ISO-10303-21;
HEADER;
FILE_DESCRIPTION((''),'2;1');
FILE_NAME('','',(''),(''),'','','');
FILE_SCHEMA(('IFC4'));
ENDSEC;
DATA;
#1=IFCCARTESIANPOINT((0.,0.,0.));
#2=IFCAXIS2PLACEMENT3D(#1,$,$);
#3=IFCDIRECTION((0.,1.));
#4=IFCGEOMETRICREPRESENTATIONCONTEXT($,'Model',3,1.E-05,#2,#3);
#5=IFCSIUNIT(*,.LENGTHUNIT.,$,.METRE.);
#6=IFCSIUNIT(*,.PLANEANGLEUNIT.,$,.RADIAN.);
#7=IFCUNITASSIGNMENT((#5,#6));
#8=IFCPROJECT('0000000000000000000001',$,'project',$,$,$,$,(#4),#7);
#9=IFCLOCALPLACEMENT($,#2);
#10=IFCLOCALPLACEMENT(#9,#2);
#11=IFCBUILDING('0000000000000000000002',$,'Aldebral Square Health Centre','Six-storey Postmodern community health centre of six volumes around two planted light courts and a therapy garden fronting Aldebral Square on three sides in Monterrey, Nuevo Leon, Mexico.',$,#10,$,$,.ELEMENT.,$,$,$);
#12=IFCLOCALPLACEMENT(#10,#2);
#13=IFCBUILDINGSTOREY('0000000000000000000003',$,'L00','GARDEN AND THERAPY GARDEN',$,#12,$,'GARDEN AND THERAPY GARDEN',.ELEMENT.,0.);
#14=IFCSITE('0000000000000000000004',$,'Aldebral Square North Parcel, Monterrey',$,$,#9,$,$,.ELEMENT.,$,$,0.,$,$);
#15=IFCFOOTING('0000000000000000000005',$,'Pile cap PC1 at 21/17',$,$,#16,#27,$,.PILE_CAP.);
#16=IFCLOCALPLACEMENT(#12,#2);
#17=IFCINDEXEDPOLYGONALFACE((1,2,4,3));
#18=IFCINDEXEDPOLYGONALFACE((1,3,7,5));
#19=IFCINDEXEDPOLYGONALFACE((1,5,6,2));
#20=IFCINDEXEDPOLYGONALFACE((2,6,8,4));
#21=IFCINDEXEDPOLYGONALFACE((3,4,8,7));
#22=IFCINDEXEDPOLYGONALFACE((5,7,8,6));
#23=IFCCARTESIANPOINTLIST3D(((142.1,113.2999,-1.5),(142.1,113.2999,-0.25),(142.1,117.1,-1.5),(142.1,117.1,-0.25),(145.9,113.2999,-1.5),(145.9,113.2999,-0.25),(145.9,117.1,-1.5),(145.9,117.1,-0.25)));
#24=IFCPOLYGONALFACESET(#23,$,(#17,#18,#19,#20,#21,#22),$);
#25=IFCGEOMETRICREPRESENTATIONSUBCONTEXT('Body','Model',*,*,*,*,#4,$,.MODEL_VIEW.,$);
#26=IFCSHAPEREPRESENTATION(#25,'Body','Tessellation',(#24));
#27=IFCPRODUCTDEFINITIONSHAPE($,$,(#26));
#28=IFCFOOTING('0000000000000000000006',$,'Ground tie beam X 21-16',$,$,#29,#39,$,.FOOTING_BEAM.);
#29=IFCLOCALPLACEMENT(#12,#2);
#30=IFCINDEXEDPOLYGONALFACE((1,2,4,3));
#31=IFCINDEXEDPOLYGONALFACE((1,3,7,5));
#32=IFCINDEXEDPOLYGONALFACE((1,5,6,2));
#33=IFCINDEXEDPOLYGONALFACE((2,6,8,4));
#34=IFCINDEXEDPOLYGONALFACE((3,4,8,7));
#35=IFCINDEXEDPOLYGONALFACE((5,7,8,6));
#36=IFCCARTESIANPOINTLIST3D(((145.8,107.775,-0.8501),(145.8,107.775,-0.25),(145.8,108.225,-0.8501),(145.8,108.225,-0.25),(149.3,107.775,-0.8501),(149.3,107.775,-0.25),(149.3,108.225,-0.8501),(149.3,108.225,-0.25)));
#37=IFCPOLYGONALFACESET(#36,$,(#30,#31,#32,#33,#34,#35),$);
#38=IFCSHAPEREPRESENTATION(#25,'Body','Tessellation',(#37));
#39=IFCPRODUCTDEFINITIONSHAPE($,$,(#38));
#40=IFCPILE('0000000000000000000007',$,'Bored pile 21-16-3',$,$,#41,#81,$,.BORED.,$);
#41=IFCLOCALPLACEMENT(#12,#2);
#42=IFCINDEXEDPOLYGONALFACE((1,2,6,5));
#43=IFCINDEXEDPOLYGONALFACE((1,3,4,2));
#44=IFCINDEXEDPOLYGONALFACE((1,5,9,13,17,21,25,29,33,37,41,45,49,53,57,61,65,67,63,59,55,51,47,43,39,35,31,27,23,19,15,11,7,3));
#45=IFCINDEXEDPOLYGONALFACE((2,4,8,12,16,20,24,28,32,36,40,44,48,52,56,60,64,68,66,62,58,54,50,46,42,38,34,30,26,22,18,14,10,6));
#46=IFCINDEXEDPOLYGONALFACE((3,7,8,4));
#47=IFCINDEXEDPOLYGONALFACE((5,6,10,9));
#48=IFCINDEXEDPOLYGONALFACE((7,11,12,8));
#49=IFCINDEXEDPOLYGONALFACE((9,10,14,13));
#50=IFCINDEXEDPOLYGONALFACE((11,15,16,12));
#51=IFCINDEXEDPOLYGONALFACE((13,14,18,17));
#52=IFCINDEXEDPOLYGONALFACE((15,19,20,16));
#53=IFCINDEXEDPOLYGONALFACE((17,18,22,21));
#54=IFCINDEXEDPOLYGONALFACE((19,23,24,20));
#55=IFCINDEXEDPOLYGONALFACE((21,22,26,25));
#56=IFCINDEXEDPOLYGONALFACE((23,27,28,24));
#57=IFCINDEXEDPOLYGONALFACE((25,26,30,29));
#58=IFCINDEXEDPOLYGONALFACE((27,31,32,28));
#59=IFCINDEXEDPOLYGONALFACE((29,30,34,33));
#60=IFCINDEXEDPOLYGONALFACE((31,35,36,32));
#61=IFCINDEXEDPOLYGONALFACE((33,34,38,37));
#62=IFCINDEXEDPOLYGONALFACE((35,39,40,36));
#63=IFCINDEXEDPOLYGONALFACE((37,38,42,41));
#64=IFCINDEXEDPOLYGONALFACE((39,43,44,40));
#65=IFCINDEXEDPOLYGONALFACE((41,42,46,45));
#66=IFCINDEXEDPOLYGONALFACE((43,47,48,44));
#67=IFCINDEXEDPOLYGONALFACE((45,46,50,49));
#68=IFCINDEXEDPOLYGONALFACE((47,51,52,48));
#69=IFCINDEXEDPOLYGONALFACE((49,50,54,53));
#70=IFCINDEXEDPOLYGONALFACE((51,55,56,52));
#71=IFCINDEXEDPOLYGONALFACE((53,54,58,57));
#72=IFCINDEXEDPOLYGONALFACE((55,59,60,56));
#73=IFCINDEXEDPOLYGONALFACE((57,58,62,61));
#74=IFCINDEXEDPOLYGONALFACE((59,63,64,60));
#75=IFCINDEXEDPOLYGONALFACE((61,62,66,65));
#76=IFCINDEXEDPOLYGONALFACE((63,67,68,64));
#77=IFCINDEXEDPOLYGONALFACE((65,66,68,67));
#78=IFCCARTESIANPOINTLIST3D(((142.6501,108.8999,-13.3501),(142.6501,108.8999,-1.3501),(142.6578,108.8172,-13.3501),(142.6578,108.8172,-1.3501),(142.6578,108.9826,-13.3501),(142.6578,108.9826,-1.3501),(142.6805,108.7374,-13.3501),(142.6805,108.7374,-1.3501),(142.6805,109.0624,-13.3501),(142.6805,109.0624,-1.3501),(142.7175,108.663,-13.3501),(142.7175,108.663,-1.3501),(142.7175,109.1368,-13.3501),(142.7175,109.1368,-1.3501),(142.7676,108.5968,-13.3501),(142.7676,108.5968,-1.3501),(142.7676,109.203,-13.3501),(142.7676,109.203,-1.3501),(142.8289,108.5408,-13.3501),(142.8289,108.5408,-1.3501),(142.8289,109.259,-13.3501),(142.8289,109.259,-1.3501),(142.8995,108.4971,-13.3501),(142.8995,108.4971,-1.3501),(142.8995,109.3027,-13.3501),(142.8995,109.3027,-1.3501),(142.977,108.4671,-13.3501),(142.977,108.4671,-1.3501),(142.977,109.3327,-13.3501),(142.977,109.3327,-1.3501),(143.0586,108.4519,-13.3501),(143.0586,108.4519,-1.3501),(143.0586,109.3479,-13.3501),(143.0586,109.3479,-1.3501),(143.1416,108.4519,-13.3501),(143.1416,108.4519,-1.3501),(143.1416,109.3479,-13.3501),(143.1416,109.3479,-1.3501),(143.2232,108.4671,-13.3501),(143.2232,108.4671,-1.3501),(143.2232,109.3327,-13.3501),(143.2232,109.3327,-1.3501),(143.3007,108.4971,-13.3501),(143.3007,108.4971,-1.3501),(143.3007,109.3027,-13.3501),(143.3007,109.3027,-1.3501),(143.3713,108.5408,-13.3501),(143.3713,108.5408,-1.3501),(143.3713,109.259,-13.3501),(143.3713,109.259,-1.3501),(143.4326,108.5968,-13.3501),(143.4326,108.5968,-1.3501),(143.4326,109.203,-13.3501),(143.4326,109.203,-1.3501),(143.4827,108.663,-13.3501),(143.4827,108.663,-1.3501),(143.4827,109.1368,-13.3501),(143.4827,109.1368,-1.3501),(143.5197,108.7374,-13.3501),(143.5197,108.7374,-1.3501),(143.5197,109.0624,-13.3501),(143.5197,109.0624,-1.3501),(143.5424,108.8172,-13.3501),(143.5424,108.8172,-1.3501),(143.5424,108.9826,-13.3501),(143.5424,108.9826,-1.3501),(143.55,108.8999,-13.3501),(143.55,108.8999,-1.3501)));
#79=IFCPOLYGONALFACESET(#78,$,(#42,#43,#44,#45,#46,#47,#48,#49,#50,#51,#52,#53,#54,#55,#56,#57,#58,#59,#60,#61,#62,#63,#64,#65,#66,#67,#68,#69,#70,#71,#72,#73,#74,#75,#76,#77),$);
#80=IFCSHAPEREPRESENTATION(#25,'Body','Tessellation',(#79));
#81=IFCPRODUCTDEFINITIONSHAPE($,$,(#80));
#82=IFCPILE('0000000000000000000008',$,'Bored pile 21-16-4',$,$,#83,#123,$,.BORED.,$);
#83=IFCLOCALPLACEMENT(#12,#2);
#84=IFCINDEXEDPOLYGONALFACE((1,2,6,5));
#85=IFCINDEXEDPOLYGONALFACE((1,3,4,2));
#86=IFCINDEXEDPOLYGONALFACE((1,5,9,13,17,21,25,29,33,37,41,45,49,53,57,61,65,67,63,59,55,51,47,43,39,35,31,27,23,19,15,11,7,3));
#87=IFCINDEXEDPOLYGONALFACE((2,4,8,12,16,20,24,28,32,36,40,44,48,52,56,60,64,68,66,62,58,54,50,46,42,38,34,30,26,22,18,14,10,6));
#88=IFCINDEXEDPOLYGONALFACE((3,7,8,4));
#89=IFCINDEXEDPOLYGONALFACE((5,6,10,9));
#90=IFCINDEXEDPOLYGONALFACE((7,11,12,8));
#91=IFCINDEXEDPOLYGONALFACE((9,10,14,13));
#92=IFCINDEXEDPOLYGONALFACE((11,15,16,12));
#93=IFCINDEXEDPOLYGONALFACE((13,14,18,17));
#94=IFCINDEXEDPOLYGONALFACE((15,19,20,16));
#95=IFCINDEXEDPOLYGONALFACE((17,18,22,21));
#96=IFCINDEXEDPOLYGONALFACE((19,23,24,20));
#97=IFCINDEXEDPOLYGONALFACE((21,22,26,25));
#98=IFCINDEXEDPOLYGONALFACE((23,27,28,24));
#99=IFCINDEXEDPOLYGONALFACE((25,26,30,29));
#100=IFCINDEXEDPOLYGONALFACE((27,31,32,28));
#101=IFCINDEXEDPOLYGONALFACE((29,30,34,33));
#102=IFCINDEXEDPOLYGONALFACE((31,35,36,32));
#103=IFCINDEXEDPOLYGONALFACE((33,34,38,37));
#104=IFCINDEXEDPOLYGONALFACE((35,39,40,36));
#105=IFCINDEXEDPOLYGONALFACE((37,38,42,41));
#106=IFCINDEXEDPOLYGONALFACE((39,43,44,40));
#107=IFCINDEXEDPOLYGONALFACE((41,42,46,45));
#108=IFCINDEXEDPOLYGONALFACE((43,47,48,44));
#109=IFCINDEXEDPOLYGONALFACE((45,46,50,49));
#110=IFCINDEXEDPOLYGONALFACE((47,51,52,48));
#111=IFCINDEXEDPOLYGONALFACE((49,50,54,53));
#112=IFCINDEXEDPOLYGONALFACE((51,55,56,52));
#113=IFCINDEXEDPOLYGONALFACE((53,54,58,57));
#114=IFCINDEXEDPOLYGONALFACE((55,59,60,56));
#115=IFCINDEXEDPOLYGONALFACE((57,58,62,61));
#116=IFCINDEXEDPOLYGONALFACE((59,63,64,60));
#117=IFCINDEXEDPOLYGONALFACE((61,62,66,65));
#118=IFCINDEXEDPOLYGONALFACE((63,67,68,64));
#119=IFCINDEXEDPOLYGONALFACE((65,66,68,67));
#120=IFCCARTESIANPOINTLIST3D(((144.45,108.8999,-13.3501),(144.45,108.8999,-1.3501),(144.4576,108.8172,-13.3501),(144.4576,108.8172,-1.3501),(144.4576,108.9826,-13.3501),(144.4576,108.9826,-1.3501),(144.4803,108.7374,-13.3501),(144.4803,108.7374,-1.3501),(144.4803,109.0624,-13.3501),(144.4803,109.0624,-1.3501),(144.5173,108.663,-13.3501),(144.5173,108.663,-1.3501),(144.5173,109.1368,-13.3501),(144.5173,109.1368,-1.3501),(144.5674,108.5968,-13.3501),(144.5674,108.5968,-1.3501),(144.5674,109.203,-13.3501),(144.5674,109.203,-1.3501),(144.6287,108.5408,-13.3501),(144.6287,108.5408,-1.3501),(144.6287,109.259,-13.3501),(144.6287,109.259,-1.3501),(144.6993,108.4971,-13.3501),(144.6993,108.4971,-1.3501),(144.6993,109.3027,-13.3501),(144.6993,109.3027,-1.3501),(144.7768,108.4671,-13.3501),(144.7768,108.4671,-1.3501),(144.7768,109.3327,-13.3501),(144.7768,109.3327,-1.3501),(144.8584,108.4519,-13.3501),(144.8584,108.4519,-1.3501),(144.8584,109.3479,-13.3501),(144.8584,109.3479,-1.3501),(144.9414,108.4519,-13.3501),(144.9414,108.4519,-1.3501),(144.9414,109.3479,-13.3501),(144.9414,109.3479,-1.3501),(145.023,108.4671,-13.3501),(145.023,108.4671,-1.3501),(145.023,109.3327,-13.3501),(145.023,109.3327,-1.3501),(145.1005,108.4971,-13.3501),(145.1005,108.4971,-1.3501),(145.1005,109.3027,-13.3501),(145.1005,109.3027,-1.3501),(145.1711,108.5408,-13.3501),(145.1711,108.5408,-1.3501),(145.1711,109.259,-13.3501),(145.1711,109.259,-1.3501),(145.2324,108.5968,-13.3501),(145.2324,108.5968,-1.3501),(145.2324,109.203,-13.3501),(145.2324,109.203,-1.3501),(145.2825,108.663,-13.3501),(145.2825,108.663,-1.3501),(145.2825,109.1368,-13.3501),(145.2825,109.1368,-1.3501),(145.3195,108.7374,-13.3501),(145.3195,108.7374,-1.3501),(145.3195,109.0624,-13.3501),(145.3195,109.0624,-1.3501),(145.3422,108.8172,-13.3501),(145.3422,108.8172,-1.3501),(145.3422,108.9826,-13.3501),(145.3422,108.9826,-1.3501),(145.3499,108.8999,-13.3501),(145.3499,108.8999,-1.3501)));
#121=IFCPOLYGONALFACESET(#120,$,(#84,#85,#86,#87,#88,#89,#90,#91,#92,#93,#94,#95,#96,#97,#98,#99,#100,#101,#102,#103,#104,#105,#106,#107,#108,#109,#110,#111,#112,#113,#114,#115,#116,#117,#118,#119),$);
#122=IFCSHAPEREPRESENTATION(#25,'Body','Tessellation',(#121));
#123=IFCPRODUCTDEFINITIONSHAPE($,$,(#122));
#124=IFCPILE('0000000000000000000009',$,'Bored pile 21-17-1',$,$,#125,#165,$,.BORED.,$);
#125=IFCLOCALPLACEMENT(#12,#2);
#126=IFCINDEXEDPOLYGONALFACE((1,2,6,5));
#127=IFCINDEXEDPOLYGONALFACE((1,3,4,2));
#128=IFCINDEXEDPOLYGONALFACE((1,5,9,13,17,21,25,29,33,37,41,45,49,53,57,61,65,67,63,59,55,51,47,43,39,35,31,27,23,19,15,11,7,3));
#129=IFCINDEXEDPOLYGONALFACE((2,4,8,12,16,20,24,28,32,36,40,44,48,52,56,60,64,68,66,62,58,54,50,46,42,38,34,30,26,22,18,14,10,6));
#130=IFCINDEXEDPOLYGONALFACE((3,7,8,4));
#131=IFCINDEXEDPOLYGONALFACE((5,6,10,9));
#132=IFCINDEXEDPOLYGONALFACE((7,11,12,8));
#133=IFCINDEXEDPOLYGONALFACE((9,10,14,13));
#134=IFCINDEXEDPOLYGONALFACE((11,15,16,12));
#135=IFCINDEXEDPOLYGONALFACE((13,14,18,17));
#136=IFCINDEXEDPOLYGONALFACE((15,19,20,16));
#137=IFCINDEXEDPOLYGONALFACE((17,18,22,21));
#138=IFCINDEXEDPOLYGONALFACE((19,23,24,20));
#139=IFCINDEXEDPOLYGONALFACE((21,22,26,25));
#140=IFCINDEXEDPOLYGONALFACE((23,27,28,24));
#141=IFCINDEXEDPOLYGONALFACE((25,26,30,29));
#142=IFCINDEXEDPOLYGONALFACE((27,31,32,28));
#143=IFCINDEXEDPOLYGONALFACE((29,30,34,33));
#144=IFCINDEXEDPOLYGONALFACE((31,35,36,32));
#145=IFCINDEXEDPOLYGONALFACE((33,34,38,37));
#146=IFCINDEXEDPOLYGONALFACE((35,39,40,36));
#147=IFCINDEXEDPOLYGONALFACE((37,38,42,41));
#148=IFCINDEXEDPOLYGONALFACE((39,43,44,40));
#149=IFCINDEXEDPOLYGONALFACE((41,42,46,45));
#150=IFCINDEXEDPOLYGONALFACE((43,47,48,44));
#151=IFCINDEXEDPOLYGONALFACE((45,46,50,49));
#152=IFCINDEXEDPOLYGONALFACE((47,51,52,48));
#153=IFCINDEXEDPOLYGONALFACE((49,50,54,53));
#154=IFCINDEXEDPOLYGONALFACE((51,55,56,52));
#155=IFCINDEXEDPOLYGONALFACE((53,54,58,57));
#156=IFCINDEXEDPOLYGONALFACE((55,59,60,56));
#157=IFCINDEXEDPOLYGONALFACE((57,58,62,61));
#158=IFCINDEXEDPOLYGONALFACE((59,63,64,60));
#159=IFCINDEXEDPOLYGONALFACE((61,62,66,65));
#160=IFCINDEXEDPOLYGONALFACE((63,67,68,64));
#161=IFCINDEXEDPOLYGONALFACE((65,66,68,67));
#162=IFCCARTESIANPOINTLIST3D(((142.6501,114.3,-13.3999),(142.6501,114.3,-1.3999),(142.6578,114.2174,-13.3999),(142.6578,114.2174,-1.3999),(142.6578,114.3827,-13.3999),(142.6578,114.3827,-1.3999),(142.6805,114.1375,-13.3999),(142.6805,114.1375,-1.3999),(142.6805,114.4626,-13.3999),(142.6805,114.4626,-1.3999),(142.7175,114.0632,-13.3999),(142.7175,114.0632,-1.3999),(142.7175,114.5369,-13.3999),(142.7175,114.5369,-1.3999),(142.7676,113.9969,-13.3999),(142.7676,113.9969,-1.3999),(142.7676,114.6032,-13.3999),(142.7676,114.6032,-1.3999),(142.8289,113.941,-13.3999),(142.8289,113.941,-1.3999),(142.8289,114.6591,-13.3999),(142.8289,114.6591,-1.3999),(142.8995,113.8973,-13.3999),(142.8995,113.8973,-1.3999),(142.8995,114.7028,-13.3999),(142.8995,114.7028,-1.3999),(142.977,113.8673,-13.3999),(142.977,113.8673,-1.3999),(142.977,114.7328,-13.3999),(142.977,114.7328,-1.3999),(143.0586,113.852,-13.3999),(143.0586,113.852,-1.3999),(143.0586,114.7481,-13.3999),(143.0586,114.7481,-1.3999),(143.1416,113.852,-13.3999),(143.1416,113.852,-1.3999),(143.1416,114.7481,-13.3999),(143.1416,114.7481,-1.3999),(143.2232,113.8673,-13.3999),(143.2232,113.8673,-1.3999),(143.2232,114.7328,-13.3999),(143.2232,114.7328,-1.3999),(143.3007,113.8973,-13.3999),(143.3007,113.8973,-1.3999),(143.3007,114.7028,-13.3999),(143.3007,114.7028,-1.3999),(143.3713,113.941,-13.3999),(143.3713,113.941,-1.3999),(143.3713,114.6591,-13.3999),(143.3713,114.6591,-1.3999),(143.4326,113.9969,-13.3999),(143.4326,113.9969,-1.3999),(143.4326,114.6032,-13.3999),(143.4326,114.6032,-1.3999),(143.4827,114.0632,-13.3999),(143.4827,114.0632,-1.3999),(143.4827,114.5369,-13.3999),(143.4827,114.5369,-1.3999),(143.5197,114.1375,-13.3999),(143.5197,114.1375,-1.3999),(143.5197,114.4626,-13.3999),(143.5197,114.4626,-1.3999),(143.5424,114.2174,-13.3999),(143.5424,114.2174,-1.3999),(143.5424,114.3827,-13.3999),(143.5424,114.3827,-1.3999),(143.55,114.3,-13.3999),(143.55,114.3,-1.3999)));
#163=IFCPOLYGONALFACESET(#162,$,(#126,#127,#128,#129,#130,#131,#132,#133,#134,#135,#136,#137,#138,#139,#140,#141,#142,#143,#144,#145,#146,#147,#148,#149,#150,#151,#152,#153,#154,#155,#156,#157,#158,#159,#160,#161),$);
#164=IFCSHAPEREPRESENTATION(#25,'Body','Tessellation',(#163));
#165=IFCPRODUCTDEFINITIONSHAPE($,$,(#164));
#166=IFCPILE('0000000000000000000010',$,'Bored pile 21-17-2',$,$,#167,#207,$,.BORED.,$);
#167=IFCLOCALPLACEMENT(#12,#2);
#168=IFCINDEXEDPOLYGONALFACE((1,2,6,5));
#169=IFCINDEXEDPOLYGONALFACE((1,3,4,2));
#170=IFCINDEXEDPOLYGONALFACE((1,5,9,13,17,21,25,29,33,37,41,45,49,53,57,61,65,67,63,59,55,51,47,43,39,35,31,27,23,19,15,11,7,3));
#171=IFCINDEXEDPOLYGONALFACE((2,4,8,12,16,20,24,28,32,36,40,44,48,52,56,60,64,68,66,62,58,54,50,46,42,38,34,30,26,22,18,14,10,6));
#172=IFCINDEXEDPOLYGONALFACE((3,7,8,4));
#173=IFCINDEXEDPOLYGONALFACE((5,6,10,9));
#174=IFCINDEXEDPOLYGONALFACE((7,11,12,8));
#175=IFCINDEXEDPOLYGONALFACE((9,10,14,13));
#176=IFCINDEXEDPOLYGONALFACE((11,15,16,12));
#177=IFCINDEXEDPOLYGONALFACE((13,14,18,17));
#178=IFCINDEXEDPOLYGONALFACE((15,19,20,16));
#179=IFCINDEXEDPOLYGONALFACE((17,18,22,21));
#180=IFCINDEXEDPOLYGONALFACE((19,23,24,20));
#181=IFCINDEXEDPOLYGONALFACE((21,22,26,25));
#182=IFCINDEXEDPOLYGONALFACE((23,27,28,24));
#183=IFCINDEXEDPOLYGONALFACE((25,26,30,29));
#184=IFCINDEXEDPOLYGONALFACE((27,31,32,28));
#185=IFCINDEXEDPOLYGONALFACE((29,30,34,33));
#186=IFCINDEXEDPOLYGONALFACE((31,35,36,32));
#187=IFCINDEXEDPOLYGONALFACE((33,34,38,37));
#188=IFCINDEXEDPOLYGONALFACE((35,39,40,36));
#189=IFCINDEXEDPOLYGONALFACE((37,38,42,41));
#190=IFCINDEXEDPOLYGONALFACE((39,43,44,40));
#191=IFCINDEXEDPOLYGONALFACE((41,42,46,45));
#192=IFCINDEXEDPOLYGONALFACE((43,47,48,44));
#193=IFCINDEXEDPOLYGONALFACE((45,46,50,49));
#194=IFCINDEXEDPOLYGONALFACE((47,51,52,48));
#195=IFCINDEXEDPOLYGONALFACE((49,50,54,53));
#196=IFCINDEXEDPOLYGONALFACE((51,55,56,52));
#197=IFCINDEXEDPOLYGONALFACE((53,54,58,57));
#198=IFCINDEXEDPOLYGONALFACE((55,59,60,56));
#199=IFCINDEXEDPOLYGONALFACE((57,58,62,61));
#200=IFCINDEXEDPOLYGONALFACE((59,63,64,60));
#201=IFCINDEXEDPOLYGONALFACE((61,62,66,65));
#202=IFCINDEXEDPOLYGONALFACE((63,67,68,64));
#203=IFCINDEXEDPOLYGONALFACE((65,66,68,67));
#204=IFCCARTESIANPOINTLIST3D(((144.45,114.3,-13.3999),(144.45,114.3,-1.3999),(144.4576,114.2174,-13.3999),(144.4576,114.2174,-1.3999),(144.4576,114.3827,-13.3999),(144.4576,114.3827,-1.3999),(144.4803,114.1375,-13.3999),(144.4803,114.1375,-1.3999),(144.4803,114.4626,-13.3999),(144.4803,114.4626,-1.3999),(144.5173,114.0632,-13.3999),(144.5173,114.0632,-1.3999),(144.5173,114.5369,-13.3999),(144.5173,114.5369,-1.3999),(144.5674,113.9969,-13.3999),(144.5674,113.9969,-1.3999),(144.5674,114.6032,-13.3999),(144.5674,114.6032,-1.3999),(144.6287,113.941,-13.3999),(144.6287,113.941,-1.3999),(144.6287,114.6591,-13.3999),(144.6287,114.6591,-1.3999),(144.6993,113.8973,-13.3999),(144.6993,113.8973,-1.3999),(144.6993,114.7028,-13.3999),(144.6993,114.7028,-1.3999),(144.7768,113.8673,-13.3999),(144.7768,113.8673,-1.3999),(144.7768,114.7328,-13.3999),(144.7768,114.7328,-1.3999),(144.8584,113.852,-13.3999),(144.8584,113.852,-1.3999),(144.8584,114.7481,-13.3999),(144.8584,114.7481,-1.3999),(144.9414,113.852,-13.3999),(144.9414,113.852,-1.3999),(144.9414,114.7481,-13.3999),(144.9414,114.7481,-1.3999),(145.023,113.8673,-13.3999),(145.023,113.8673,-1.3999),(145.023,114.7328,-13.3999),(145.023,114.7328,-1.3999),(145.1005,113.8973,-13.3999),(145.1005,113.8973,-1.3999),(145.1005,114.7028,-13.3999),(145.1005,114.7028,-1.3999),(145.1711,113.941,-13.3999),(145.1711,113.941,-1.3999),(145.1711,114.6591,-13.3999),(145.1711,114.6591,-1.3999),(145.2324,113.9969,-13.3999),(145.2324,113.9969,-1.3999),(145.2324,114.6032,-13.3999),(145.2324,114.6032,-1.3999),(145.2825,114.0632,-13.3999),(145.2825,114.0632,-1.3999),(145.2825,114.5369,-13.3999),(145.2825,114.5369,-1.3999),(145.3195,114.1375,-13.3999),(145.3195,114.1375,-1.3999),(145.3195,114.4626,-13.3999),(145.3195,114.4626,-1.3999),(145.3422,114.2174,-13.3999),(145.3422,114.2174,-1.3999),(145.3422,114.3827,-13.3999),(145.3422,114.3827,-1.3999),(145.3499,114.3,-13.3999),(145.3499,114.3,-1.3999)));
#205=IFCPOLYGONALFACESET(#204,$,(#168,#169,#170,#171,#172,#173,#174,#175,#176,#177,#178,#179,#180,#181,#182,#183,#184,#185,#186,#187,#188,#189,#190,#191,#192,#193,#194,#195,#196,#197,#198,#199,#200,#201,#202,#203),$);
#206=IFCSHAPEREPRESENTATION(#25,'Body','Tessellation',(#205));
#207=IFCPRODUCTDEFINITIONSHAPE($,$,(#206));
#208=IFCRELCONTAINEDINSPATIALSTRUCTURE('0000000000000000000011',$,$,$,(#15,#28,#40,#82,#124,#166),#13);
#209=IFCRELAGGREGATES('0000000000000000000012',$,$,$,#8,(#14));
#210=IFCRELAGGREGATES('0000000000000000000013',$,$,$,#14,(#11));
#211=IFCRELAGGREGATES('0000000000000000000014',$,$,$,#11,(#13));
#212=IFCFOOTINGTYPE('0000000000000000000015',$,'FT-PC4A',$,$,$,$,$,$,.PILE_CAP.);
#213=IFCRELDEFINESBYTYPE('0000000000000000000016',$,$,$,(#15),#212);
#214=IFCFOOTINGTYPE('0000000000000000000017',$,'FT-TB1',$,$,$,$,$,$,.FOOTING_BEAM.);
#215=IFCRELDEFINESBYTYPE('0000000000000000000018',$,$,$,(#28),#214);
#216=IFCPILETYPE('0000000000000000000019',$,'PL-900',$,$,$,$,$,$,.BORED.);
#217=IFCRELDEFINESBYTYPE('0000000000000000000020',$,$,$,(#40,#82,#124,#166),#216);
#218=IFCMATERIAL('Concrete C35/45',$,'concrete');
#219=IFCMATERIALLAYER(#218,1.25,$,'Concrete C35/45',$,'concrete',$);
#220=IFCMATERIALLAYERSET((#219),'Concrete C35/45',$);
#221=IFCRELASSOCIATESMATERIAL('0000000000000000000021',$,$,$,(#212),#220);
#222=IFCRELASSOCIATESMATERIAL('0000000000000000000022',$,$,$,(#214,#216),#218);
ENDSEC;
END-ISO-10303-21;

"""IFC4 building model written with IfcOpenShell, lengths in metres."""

from ifc_helpers import new_model, si_unit, direction, frame, origin, origin_2d, place, context, subcontext, project, spatial, rectangle, circle, extrude, material, layer, layer_set, material_profile, profile_set, type_object, element, save


model = new_model("IFC4")

# Units and contexts
model_context = context("Model", 3, precision=1e-05, world=origin(), true_north=direction((0.0, 1.0)))
body_context = subcontext(model_context, "Body", "Model", "MODEL_VIEW")
ifc_project = project(units=[si_unit("LENGTHUNIT", "METRE"), si_unit("PLANEANGLEUNIT", "RADIAN")], contexts=[model_context])

# Site, building, storey
site_placement = place(None, origin())
site = spatial("IfcSite", under=ifc_project, at=site_placement, Name="Aldebral Square North Parcel, Monterrey", CompositionType="ELEMENT", RefElevation=0.0)
building_placement = place(site_placement, origin())
building = spatial("IfcBuilding", under=site, at=building_placement, Name="Aldebral Square Health Centre", Description="Six-storey Postmodern community health centre of six volumes around two planted light courts and a therapy garden fronting Aldebral Square on three sides in Monterrey, Nuevo Leon, Mexico.", CompositionType="ELEMENT")
storey_placement = place(building_placement, origin())
storey = spatial("IfcBuildingStorey", under=building, at=storey_placement, Name="L00", Description="GARDEN AND THERAPY GARDEN", LongName="GARDEN AND THERAPY GARDEN", CompositionType="ELEMENT", Elevation=0.0)

# Footings
ifc_material_1 = material(Name="Concrete C35/45", Category="concrete")
ifc_layer_1 = layer(ifc_material_1, 1.25, Name="Concrete C35/45", Category="concrete")
ifc_layer_set_1 = layer_set([ifc_layer_1], Name="Concrete C35/45")
footing_type_1 = type_object("IfcFootingType", Name="FT-PC4A", PredefinedType="PILE_CAP", material=ifc_layer_set_1)
footing_1_placement = place(storey_placement, frame((144.0, 115.2, -1.5), z_axis=(0.0, 0.0, 1.0), x_axis=(1.0, 0.0, 0.0)))
element("IfcFooting", 1, at=footing_1_placement, inside=storey, type_object=footing_type_1, Name="Pile cap PC1 at 21/17", PredefinedType="PILE_CAP", context=body_context, shape_type="SweptSolid", body=[
    extrude(rectangle(XDim=3.8, YDim=3.8, at=origin_2d()), origin(), (0.0, 0.0, 1.0), 1.25),
])
ifc_material_profile_1 = material_profile(ifc_material_1, rectangle(XDim=0.45, YDim=0.6001, at=origin_2d()), Name="RC 450x600")
ifc_profile_set_1 = profile_set([ifc_material_profile_1], Name="Concrete C35/45")
footing_type_2 = type_object("IfcFootingType", Name="FT-TB1", PredefinedType="FOOTING_BEAM", material=ifc_profile_set_1)
footing_2_placement = place(storey_placement, frame((145.8, 108.0, -0.55), z_axis=(1.0, 0.0, 0.0), x_axis=(0.0, 1.0, 0.0)))
element("IfcFooting", 2, at=footing_2_placement, inside=storey, type_object=footing_type_2, Name="Ground tie beam X 21-16", PredefinedType="FOOTING_BEAM", context=body_context, shape_type="SweptSolid", body=[
    extrude(rectangle(XDim=0.45, YDim=0.6001, at=origin_2d()), origin(), (0.0, 0.0, 1.0), 3.5),
])

# Piles
ifc_material_profile_2 = material_profile(ifc_material_1, circle(Radius=0.45, at=origin_2d()), Name="PILE D900")
ifc_profile_set_2 = profile_set([ifc_material_profile_2], Name="Concrete C35/45")
pile_type = type_object("IfcPileType", Name="PL-900", PredefinedType="BORED", material=ifc_profile_set_2)
for number, where, z_axis, x_axis, name in (
    (3, (143.1001, 108.8999, -1.3501), (0.0, 0.0, -1.0), (1.0, 0.0, 0.0), "Bored pile 21-16-3"),
    (4, (144.8999, 108.8999, -1.3501), (0.0, 0.0, -1.0), (1.0, 0.0, 0.0), "Bored pile 21-16-4"),
    (5, (143.1001, 114.3, -1.3999), (0.0, 0.0, -1.0), (1.0, 0.0, 0.0), "Bored pile 21-17-1"),
    (6, (144.8999, 114.3, -1.3999), (0.0, 0.0, -1.0), (1.0, 0.0, 0.0), "Bored pile 21-17-2"),
):
    element("IfcPile", number, at=place(storey_placement, frame(where, z_axis=z_axis, x_axis=x_axis)), inside=storey, type_object=pile_type, Name=name, PredefinedType="BORED", context=body_context, shape_type="SweptSolid", body=[
        extrude(circle(Radius=0.45, at=origin_2d()), origin(), (0.0, 0.0, 1.0), 12.0),
    ])

save(model, "model.ifc")
